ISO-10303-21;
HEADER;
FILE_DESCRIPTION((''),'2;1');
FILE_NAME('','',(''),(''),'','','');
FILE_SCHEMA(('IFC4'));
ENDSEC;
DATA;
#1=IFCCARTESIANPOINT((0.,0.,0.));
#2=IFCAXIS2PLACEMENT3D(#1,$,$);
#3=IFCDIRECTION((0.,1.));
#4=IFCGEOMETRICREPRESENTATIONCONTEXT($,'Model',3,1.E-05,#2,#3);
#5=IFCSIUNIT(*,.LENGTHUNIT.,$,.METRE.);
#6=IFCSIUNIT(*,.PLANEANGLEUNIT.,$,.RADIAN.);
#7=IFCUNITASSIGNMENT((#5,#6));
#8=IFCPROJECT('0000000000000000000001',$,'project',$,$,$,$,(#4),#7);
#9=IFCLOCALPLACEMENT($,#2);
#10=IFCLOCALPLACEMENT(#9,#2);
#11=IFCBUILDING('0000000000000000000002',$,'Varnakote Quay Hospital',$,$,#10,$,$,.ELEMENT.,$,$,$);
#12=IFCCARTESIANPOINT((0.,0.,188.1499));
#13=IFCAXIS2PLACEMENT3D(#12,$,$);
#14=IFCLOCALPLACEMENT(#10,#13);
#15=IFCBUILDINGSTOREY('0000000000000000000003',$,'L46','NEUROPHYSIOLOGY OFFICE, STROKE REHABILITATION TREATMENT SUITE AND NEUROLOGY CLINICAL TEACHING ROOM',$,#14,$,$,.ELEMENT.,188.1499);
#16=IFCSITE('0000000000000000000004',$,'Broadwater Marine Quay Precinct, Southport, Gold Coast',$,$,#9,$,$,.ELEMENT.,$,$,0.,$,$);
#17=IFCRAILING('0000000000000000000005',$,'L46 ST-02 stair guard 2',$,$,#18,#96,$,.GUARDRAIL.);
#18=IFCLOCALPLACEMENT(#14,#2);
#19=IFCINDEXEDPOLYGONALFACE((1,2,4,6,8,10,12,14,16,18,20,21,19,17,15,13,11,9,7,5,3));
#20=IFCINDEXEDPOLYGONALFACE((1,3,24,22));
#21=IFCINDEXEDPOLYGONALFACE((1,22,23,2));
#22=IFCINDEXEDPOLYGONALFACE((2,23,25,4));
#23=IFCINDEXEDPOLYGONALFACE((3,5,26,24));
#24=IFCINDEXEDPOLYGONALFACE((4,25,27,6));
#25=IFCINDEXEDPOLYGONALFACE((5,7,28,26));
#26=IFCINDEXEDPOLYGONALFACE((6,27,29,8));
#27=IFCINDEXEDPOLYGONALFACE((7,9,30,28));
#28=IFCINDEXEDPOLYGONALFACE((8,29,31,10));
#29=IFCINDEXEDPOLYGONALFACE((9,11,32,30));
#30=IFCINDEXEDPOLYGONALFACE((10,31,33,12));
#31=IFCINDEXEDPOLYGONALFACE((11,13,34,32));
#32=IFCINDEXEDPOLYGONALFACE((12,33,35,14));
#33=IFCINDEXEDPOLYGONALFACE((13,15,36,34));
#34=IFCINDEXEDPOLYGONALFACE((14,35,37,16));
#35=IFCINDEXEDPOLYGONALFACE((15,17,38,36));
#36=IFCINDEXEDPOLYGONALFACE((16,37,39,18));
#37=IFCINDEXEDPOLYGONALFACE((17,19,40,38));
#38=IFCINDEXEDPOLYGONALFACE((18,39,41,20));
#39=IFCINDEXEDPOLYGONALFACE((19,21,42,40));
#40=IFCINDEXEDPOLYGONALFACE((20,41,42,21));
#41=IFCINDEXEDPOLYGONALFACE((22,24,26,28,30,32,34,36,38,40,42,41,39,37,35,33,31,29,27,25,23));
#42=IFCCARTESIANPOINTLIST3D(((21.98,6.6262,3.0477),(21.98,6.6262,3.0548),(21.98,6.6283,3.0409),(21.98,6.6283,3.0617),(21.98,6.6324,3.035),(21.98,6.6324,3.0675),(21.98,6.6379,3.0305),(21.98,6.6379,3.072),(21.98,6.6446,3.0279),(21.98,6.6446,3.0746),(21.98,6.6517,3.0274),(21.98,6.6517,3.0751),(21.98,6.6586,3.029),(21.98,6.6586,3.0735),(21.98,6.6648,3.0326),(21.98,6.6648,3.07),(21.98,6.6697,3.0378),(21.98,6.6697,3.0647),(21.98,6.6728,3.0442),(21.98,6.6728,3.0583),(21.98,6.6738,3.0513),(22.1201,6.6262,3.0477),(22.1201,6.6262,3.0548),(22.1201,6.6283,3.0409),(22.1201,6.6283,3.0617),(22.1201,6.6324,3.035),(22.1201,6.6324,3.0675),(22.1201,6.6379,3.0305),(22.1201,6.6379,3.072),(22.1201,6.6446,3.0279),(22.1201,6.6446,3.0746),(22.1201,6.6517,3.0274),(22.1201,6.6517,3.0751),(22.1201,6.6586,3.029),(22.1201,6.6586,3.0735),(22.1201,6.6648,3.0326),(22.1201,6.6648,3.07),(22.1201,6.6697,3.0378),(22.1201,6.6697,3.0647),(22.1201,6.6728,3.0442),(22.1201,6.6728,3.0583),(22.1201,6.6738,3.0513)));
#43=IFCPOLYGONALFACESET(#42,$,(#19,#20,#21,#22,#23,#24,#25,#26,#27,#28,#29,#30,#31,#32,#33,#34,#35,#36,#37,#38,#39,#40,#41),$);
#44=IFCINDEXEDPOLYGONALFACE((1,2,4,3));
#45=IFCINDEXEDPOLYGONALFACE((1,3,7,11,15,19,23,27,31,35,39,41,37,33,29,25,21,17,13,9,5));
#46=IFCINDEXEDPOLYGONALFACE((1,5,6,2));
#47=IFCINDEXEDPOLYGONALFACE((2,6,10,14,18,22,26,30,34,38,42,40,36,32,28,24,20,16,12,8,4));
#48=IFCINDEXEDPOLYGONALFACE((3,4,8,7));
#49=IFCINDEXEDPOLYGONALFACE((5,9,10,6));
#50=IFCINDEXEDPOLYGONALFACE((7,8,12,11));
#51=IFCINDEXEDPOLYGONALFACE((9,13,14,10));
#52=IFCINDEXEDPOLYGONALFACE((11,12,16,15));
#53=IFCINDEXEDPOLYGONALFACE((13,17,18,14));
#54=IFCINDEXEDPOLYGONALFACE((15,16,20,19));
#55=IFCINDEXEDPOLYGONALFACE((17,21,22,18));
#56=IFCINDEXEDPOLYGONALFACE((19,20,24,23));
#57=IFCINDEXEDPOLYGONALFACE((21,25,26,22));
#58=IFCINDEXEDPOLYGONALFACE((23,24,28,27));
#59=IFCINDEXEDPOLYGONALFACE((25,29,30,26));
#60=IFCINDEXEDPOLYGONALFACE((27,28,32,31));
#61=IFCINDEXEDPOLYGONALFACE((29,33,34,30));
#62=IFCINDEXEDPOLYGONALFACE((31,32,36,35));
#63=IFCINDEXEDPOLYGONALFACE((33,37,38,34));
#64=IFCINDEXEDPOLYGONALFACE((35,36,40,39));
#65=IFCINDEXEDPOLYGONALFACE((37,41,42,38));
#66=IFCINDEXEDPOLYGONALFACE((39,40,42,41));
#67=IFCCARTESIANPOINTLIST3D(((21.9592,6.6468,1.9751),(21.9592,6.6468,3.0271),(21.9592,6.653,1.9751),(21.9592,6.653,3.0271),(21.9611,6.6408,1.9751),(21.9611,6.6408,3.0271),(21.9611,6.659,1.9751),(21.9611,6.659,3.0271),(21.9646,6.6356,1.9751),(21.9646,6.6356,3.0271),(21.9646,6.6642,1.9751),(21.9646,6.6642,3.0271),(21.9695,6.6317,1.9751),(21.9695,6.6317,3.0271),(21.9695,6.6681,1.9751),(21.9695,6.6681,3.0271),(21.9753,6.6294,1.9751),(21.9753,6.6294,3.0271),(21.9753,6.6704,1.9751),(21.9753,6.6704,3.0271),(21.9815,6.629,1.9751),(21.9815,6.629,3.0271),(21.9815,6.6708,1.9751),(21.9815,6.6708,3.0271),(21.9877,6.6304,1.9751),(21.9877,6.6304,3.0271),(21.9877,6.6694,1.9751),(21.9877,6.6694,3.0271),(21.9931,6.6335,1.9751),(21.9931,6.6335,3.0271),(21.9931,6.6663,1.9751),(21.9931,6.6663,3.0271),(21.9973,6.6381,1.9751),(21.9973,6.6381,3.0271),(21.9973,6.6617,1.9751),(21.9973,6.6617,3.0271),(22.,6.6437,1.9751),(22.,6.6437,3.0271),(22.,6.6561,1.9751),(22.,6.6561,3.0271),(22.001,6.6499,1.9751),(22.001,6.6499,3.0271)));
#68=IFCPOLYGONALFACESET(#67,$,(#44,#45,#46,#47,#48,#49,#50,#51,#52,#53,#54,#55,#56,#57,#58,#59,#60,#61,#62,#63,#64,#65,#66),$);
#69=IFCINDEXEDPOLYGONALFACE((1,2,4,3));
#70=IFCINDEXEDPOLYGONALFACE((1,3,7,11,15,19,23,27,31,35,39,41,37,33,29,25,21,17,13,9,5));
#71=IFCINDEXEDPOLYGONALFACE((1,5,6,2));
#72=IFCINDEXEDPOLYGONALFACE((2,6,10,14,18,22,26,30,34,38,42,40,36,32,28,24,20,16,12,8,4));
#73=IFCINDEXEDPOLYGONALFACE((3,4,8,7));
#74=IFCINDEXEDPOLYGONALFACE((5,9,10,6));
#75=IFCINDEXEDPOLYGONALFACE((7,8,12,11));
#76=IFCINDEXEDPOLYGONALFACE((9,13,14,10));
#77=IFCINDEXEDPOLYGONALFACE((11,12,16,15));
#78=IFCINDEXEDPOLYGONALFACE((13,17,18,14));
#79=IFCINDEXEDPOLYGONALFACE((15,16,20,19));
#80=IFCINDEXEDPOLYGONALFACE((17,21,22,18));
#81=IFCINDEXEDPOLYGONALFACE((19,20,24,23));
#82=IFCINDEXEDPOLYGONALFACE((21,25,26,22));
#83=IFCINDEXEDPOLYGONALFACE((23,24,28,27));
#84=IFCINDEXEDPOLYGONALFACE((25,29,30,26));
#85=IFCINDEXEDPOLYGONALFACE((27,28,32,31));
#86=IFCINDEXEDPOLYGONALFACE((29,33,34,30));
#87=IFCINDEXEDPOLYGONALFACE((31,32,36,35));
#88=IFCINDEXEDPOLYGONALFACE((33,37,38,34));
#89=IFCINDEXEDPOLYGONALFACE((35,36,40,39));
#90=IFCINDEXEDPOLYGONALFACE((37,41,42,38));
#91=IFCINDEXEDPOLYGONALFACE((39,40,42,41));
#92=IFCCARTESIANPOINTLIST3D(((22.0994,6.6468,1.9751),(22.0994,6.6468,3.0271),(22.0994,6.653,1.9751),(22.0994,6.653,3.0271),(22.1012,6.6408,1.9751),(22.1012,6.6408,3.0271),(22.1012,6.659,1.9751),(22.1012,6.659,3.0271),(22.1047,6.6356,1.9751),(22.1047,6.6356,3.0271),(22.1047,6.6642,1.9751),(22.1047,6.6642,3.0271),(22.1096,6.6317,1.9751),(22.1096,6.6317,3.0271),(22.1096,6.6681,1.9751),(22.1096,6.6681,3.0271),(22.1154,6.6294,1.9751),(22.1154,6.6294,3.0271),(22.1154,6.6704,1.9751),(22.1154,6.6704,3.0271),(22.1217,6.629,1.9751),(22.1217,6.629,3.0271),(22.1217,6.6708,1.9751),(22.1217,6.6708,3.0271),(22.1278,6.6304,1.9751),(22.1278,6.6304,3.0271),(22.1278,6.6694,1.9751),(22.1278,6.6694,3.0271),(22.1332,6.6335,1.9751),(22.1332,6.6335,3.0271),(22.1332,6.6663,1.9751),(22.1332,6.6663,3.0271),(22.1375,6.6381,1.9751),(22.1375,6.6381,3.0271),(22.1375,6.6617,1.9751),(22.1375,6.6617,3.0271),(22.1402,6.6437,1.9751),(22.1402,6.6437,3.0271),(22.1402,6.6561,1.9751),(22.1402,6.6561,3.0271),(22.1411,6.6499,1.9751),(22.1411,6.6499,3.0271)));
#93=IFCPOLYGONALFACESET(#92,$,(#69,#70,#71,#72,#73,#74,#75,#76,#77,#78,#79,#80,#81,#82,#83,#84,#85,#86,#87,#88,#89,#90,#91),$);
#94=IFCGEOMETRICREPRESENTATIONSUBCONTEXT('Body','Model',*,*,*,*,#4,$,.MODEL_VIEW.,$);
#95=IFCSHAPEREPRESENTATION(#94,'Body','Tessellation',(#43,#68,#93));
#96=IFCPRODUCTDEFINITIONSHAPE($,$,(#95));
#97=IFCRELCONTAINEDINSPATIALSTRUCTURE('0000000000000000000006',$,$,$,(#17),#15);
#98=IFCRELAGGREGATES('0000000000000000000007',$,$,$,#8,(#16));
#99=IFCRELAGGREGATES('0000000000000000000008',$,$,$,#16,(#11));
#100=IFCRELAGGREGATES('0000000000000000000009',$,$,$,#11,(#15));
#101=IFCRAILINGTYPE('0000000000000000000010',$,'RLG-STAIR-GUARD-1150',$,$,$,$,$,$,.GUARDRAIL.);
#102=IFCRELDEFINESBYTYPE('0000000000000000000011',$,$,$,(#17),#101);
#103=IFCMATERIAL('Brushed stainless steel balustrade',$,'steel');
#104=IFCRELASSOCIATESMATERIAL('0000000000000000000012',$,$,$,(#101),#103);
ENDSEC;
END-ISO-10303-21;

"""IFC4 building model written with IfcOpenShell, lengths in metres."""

from ifc_helpers import new_model, si_unit, direction, frame, origin, origin_2d, place, context, subcontext, project, spatial, circle, extrude, material, type_object, element, save


model = new_model("IFC4")

# Units and contexts
model_context = context("Model", 3, precision=1e-05, world=origin(), true_north=direction((0.0, 1.0)))
body_context = subcontext(model_context, "Body", "Model", "MODEL_VIEW")
ifc_project = project(units=[si_unit("LENGTHUNIT", "METRE"), si_unit("PLANEANGLEUNIT", "RADIAN")], contexts=[model_context])

# Site, building, storey
site_placement = place(None, origin())
site = spatial("IfcSite", under=ifc_project, at=site_placement, Name="Broadwater Marine Quay Precinct, Southport, Gold Coast", CompositionType="ELEMENT", RefElevation=0.0)
building_placement = place(site_placement, origin())
building = spatial("IfcBuilding", under=site, at=building_placement, Name="Varnakote Quay Hospital", CompositionType="ELEMENT")
storey_placement = place(building_placement, frame((0.0, 0.0, 188.1499)))
storey = spatial("IfcBuildingStorey", under=building, at=storey_placement, Name="L46", Description="NEUROPHYSIOLOGY OFFICE, STROKE REHABILITATION TREATMENT SUITE AND NEUROLOGY CLINICAL TEACHING ROOM", CompositionType="ELEMENT", Elevation=188.1499)

# Railing
ifc_material_1 = material(Name="Brushed stainless steel balustrade", Category="steel")
railing_type_1 = type_object("IfcRailingType", Name="RLG-STAIR-GUARD-1150", PredefinedType="GUARDRAIL", material=ifc_material_1)
railing_1_placement = place(storey_placement, frame((21.98, 6.6499, 1.9751)))
element("IfcRailing", 1, at=railing_1_placement, inside=storey, type_object=railing_type_1, Name="L46 ST-02 stair guard 2", PredefinedType="GUARDRAIL", context=body_context, shape_type="SweptSolid", body=[
    extrude(circle(Radius=0.0239, at=origin_2d()), frame((0.0, 0.0, 1.0762), z_axis=(1.0, 0.0, 0.0), x_axis=(0.0, 1.0, 0.0)), (0.0, 0.0, 1.0), 0.1401),
    extrude(circle(Radius=0.021, at=origin_2d()), origin(), (0.0, 0.0, 1.0), 1.052),
    extrude(circle(Radius=0.021, at=origin_2d()), frame((0.1401, 0.0, 0.0)), (0.0, 0.0, 1.0), 1.052),
])

save(model, "model.ifc")
